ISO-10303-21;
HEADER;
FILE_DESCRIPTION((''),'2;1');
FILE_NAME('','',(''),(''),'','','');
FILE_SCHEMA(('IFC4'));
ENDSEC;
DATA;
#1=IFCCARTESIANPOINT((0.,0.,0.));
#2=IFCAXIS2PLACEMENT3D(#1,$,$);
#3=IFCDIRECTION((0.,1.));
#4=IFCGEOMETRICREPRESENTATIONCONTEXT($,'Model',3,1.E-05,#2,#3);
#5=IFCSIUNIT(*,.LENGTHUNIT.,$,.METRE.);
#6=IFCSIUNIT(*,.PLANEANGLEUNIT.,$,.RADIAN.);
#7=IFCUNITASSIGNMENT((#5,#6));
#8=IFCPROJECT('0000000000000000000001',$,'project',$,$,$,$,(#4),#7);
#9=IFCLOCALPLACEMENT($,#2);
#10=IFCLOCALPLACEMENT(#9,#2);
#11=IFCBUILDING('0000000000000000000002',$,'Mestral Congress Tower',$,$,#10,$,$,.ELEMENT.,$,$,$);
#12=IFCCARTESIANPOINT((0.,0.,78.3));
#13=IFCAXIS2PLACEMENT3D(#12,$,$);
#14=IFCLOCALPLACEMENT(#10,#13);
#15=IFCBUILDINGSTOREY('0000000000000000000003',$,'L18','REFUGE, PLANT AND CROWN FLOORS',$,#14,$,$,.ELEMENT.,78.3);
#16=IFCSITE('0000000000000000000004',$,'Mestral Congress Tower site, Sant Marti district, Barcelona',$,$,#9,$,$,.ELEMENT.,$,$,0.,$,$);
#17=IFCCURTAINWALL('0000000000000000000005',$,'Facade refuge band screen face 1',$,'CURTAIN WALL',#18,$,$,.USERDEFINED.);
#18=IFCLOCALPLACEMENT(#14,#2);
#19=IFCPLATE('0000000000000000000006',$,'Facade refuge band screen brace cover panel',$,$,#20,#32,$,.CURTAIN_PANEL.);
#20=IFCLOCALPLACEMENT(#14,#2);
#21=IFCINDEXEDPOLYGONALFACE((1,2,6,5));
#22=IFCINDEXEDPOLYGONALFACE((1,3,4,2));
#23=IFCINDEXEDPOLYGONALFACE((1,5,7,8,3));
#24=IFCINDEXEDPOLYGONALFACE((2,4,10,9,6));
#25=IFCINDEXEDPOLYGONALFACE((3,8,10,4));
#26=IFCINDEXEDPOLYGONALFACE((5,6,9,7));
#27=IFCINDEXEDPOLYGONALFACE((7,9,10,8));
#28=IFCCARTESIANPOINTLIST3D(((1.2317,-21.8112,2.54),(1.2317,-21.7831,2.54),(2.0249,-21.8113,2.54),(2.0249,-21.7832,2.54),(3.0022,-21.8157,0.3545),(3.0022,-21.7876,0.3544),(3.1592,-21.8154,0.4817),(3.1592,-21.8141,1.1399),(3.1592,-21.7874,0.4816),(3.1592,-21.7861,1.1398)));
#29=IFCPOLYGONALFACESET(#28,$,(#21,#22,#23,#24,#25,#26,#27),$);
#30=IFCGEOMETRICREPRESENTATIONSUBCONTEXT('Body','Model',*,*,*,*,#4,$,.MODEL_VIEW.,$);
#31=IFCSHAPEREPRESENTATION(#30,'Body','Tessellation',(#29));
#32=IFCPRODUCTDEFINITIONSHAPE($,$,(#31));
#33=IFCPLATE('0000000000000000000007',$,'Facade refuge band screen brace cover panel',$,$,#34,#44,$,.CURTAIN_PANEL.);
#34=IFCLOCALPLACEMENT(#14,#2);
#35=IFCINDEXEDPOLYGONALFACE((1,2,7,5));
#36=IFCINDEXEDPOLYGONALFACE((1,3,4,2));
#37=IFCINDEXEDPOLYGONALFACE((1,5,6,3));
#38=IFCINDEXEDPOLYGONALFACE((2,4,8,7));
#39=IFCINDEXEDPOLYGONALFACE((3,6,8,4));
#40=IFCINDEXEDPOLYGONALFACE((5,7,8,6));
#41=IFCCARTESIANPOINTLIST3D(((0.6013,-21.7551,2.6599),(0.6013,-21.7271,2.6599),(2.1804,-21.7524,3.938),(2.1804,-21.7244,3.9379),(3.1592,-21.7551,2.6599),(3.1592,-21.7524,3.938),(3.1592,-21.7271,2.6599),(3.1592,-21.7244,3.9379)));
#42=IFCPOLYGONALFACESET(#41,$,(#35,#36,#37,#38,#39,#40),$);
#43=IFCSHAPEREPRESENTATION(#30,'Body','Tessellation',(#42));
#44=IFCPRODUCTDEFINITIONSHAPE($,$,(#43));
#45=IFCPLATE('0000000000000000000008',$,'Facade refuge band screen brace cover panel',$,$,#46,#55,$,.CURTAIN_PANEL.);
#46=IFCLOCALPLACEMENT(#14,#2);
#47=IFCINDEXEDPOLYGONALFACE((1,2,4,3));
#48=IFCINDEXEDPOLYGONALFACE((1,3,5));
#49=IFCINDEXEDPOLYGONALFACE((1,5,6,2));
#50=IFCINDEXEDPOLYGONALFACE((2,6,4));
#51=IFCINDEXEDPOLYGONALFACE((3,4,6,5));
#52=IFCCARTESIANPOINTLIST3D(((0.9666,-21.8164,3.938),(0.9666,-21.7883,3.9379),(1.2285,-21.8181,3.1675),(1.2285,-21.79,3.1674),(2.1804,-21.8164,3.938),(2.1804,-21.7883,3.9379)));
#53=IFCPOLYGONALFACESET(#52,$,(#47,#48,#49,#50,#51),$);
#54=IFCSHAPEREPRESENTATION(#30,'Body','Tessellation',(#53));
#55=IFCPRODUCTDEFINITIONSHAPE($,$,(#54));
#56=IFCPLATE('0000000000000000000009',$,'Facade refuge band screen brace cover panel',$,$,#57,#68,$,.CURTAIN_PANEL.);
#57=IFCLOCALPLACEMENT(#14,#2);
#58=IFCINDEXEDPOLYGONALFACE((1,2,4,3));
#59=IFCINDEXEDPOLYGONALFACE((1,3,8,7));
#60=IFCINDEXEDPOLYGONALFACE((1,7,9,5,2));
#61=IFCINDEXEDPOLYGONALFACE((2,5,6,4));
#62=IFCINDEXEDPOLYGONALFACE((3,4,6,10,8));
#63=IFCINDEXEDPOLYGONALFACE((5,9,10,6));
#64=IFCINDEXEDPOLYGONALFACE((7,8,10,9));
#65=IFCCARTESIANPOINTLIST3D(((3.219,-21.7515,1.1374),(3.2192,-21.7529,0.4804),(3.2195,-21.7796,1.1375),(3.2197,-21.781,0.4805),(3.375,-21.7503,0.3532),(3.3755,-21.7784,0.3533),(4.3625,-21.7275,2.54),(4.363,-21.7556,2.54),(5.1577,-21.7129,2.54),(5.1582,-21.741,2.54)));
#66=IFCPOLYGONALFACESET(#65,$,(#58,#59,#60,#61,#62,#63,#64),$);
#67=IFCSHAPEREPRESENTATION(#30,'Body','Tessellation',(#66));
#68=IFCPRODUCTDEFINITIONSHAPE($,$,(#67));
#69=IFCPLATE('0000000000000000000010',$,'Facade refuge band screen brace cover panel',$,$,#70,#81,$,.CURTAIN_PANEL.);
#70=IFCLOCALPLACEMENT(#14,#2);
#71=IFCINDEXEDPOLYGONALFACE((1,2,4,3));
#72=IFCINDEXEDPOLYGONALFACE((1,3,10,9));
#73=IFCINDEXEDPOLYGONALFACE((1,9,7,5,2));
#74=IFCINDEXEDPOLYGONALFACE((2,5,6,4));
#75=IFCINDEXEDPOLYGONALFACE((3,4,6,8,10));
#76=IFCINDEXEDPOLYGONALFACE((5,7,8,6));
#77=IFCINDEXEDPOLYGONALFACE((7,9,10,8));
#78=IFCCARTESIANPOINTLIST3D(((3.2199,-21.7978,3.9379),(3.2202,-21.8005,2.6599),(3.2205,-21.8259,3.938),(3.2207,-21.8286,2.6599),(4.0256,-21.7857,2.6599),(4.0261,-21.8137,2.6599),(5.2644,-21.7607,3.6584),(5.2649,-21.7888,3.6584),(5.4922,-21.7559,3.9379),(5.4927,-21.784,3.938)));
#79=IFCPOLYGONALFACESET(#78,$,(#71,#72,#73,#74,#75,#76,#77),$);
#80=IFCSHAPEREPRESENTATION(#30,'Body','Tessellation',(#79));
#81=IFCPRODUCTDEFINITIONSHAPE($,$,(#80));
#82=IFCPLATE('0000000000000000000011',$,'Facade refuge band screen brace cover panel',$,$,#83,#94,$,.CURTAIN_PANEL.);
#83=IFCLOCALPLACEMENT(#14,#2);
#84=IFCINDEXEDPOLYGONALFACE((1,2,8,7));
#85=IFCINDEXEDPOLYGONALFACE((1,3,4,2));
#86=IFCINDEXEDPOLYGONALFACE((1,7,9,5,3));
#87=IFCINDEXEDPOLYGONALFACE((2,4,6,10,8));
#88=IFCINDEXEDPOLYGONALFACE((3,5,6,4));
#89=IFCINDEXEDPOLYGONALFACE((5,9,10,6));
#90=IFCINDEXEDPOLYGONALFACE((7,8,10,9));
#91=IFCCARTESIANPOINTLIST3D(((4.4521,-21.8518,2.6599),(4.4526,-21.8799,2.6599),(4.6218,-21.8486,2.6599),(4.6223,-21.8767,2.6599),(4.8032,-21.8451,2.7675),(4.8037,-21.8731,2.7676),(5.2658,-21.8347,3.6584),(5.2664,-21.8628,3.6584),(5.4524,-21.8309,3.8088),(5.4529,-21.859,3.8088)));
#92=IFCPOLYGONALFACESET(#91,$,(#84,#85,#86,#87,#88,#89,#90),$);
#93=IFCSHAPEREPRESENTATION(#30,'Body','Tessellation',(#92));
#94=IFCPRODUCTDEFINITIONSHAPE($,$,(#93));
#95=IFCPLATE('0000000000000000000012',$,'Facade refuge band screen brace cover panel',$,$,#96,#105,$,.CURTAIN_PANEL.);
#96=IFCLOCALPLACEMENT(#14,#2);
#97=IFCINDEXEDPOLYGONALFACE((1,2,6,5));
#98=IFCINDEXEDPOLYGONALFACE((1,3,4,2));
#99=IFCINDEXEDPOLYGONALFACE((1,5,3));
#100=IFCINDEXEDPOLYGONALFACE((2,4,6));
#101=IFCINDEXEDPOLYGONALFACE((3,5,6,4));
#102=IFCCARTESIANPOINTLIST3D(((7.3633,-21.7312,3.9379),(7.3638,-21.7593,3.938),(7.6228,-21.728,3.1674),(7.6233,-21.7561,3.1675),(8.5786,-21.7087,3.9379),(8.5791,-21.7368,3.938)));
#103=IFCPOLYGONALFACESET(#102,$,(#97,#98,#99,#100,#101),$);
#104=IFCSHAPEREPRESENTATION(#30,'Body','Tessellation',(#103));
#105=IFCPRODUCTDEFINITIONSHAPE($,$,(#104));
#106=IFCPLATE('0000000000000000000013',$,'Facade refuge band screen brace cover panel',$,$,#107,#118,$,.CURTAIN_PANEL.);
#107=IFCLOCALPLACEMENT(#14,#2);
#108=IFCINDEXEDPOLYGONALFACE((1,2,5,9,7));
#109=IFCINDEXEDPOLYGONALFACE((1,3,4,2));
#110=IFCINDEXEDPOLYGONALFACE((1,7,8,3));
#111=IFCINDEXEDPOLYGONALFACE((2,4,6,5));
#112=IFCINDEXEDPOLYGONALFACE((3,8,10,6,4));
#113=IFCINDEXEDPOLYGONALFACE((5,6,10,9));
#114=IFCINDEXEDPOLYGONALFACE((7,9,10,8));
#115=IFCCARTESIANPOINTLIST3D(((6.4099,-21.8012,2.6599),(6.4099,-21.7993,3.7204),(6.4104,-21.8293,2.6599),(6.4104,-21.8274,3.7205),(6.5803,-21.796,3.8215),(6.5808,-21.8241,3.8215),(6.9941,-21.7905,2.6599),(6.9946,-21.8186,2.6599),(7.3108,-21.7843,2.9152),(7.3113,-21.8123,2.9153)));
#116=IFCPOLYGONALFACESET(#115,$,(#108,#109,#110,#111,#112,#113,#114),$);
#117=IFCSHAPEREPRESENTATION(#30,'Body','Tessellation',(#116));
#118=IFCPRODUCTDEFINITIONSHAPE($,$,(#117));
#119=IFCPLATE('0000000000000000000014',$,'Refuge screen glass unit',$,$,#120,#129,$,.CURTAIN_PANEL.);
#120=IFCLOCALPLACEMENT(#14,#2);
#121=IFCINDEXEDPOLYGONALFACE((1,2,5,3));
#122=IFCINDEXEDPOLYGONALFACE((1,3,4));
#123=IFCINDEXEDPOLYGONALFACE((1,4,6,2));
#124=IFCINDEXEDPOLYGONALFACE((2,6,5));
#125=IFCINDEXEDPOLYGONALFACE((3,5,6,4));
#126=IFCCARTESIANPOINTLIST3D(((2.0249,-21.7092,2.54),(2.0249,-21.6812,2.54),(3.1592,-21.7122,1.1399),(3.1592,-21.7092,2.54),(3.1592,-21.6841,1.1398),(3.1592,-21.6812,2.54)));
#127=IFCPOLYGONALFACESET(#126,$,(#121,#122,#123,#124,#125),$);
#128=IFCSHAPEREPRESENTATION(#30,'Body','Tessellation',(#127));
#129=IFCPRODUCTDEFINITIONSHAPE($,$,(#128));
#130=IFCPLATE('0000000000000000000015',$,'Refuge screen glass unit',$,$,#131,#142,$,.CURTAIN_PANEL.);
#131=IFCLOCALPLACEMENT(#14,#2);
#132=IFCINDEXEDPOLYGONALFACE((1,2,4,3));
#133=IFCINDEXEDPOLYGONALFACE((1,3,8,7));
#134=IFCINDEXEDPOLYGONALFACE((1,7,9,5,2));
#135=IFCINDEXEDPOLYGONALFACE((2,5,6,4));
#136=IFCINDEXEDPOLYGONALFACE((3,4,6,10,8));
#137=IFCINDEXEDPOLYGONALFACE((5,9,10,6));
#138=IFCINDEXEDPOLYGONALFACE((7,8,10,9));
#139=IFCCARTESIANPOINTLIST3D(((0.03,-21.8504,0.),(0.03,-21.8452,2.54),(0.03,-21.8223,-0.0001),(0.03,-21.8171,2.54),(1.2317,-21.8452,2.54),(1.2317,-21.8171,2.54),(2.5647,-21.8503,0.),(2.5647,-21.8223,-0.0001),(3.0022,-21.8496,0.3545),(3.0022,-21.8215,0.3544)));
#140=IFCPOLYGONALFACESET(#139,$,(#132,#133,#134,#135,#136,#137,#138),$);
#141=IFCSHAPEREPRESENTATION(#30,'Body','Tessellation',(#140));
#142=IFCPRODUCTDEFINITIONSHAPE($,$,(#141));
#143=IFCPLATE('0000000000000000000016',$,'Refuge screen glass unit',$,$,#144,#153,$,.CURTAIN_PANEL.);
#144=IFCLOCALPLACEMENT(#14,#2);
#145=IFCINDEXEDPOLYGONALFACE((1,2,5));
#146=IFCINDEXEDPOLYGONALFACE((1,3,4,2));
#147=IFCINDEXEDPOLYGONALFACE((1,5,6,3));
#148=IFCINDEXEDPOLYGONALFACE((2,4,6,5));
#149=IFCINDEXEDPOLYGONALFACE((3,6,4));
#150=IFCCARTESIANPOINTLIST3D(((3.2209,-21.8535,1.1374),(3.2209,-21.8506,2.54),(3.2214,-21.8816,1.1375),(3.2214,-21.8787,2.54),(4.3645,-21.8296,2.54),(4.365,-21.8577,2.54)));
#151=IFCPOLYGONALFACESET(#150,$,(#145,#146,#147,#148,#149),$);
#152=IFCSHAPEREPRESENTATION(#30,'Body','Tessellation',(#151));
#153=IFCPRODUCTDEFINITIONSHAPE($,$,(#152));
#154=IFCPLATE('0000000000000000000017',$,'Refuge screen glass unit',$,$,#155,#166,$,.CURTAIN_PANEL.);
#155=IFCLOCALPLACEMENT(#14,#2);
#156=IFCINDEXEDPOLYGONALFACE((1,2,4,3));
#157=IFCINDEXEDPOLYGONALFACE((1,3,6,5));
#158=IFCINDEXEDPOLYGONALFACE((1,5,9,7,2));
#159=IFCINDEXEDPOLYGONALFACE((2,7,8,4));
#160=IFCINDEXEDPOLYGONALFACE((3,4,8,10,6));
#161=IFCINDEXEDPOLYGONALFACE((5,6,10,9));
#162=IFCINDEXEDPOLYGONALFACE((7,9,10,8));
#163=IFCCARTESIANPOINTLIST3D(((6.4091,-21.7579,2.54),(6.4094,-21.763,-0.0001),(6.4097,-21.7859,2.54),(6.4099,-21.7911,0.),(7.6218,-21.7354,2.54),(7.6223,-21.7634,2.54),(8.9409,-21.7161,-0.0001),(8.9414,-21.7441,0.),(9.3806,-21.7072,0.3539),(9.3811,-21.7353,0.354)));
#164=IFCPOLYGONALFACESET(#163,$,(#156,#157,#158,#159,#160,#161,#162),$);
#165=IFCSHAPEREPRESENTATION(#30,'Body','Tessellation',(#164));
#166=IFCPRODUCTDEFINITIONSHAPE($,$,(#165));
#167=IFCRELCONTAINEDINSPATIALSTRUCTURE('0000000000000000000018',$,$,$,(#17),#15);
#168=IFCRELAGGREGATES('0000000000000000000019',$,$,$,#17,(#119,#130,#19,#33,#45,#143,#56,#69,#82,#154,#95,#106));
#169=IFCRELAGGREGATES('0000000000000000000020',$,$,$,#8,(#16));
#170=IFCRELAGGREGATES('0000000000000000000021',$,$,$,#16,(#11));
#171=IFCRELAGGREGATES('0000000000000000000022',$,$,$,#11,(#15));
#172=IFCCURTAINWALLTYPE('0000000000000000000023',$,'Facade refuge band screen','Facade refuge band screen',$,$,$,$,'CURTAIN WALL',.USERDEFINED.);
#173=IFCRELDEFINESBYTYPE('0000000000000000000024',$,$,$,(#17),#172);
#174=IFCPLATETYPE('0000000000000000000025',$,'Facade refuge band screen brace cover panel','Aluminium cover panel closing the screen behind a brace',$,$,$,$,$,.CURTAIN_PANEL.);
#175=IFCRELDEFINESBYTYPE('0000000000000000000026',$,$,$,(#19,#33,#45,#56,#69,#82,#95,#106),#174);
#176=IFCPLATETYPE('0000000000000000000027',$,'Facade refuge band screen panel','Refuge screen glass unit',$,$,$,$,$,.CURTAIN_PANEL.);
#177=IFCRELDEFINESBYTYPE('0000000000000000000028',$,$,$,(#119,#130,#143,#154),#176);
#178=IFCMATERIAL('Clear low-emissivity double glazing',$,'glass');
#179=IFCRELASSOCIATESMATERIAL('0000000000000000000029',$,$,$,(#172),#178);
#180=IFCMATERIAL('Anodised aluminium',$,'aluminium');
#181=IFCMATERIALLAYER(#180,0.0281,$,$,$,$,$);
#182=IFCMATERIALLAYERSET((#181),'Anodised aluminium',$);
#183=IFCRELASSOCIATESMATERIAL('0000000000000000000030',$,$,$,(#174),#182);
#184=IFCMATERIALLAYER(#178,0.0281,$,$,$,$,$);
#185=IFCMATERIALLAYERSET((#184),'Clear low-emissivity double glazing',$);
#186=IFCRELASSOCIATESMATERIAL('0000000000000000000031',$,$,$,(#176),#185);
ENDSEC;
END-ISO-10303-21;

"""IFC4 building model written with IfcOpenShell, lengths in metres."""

from ifc_helpers import new_model, si_unit, direction, frame, origin, place, context, subcontext, project, spatial, polyline, outline, extrude, material, layer, layer_set, type_object, element, aggregate, save


model = new_model("IFC4")

# Units and contexts
model_context = context("Model", 3, precision=1e-05, world=origin(), true_north=direction((0.0, 1.0)))
body_context = subcontext(model_context, "Body", "Model", "MODEL_VIEW")
ifc_project = project(units=[si_unit("LENGTHUNIT", "METRE"), si_unit("PLANEANGLEUNIT", "RADIAN")], contexts=[model_context])

# Site, building, storey
site_placement = place(None, origin())
site = spatial("IfcSite", under=ifc_project, at=site_placement, Name="Mestral Congress Tower site, Sant Marti district, Barcelona", CompositionType="ELEMENT", RefElevation=0.0)
building_placement = place(site_placement, origin())
building = spatial("IfcBuilding", under=site, at=building_placement, Name="Mestral Congress Tower", CompositionType="ELEMENT")
storey_placement = place(building_placement, frame((0.0, 0.0, 78.3)))
storey = spatial("IfcBuildingStorey", under=building, at=storey_placement, Name="L18", Description="REFUGE, PLANT AND CROWN FLOORS", CompositionType="ELEMENT", Elevation=78.3)

# Curtain wall
ifc_material_1 = material(Name="Clear low-emissivity double glazing", Category="glass")
curtain_wall_type = type_object("IfcCurtainWallType", Name="Facade refuge band screen", Description="Facade refuge band screen", ElementType="CURTAIN WALL", PredefinedType="USERDEFINED", material=ifc_material_1)
curtain_wall_placement = place(storey_placement, origin())
curtain_wall = element("IfcCurtainWall", 1, at=curtain_wall_placement, inside=storey, type_object=curtain_wall_type, Name="Facade refuge band screen face 1", ObjectType="CURTAIN WALL", PredefinedType="USERDEFINED")
ifc_material_2 = material(Name="Anodised aluminium", Category="aluminium")

# Plates
ifc_layer_1 = layer(ifc_material_2, 0.0281)
ifc_layer_set_1 = layer_set([ifc_layer_1], Name="Anodised aluminium")
plate_type_1 = type_object("IfcPlateType", Name="Facade refuge band screen brace cover panel", Description="Aluminium cover panel closing the screen behind a brace", PredefinedType="CURTAIN_PANEL", material=ifc_layer_set_1)
plate_1_placement = place(storey_placement, frame((3.1592, -21.8154, 0.4817), z_axis=(-0.000083, -0.999998, 0.001967), x_axis=(-0.776963, -0.001174, -0.629545)))
plate_1 = element("IfcPlate", 2, at=plate_1_placement, type_object=plate_type_1, Name="Facade refuge band screen brace cover panel", PredefinedType="CURTAIN_PANEL", context=body_context, shape_type="SweptSolid", body=[
    extrude(outline(polyline([(0.0, 0.0), (0.202, 0.0), (0.2018, -2.8127), (-0.4145, -2.3133), (-0.4144, -0.5114), (0.0, 0.0)])), origin(), (0.0, 0.0, -1.0), 0.0281),
])
plate_2_placement = place(storey_placement, frame((3.1592, -21.7524, 3.938), z_axis=(0.0, -0.999998, 0.002101), x_axis=(0.0, -0.002101, -0.999998)))
plate_2 = element("IfcPlate", 3, at=plate_2_placement, type_object=plate_type_1, Name="Facade refuge band screen brace cover panel", PredefinedType="CURTAIN_PANEL", context=body_context, shape_type="SweptSolid", body=[
    extrude(outline(polyline([(0.0, 0.0), (1.2781, 0.0), (1.2781, -2.5579), (0.0, -0.9788), (0.0, 0.0)])), origin(), (0.0, 0.0, -1.0), 0.0281),
])
plate_3_placement = place(storey_placement, frame((2.1804, -21.8164, 3.938), z_axis=(0.0, -0.999998, 0.002218), x_axis=(-0.777277, -0.001395, -0.629157)))
plate_3 = element("IfcPlate", 4, at=plate_3_placement, type_object=plate_type_1, Name="Facade refuge band screen brace cover panel", PredefinedType="CURTAIN_PANEL", context=body_context, shape_type="SweptSolid", body=[
    extrude(outline(polyline([(0.0, 0.0), (1.2247, 0.0), (0.9435, -0.7637), (0.0, 0.0)])), origin(), (0.0, 0.0, -1.0), 0.0281),
])
plate_4_placement = place(storey_placement, frame((5.1582, -21.741, 2.54), z_axis=(0.018415, -0.999828, 0.002081), x_axis=(-0.63181, -0.01325, -0.77501)))
plate_4 = element("IfcPlate", 5, at=plate_4_placement, type_object=plate_type_1, Name="Facade refuge band screen brace cover panel", PredefinedType="CURTAIN_PANEL", context=body_context, shape_type="SweptSolid", body=[
    extrude(outline(polyline([(0.0, 0.0), (2.8216, 0.0), (2.8215, -0.2011), (2.3124, -0.6165), (0.5026, -0.6164), (0.0, 0.0)])), origin(), (0.0, 0.0, -1.0), 0.0281),
])
plate_5_placement = place(storey_placement, frame((3.2207, -21.8286, 2.6599), z_axis=(0.018453, -0.999827, 0.002131), x_axis=(-0.000192, 0.002128, 0.999998)))
plate_5 = element("IfcPlate", 6, at=plate_5_placement, type_object=plate_type_1, Name="Facade refuge band screen brace cover panel", PredefinedType="CURTAIN_PANEL", context=body_context, shape_type="SweptSolid", body=[
    extrude(outline(polyline([(0.0, 0.0), (1.2781, 0.0), (1.2777, -2.2726), (0.9982, -2.0447), (-0.0001, -0.8056), (0.0, 0.0)])), origin(), (0.0, 0.0, -1.0), 0.0281),
])
plate_6_placement = place(storey_placement, frame((4.6223, -21.8767, 2.6599), z_axis=(0.018582, -0.999825, 0.001973), x_axis=(-0.999827, -0.018582, 0.000003)))
plate_6 = element("IfcPlate", 7, at=plate_6_placement, type_object=plate_type_1, Name="Facade refuge band screen brace cover panel", PredefinedType="CURTAIN_PANEL", context=body_context, shape_type="SweptSolid", body=[
    extrude(outline(polyline([(0.0, 0.0), (0.1697, 0.0), (-0.6442, -0.9985), (-0.8308, -1.1489), (-0.1814, -0.1077), (0.0, 0.0)])), origin(), (0.0, 0.0, -1.0), 0.0281),
])
plate_7_placement = place(storey_placement, frame((8.5791, -21.7368, 3.938), z_axis=(0.018478, -0.999827, 0.002105), x_axis=(-0.778439, -0.015708, -0.627523)))
plate_7 = element("IfcPlate", 8, at=plate_7_placement, type_object=plate_type_1, Name="Facade refuge band screen brace cover panel", PredefinedType="CURTAIN_PANEL", context=body_context, shape_type="SweptSolid", body=[
    extrude(outline(polyline([(0.0, 0.0), (1.2279, 0.0), (0.9464, -0.7628), (0.0, 0.0)])), origin(), (0.0, 0.0, -1.0), 0.0281),
])
plate_8_placement = place(storey_placement, frame((6.9946, -21.8186, 2.6599), z_axis=(0.018325, -0.99983, 0.001791), x_axis=(-0.999832, -0.018325, -0.000001)))
plate_8 = element("IfcPlate", 9, at=plate_8_placement, type_object=plate_type_1, Name="Facade refuge band screen brace cover panel", PredefinedType="CURTAIN_PANEL", context=body_context, shape_type="SweptSolid", body=[
    extrude(outline(polyline([(0.0, 0.0), (0.5843, 0.0), (0.5843, -1.0605), (0.4139, -1.1616), (-0.3167, -0.2554), (0.0, 0.0)])), origin(), (0.0, 0.0, -1.0), 0.0281),
])
ifc_layer_2 = layer(ifc_material_1, 0.0281)
ifc_layer_set_2 = layer_set([ifc_layer_2], Name="Clear low-emissivity double glazing")
plate_type_2 = type_object("IfcPlateType", Name="Facade refuge band screen panel", Description="Refuge screen glass unit", PredefinedType="CURTAIN_PANEL", material=ifc_layer_set_2)
plate_9_placement = place(storey_placement, frame((3.1592, -21.7092, 2.54), z_axis=(0.0, -0.999998, 0.002092), x_axis=(0.0, -0.002092, -0.999998)))
plate_9 = element("IfcPlate", 10, at=plate_9_placement, type_object=plate_type_2, Name="Refuge screen glass unit", PredefinedType="CURTAIN_PANEL", context=body_context, shape_type="SweptSolid", body=[
    extrude(outline(polyline([(0.0, 0.0), (1.4001, 0.0), (0.0, -1.1343), (0.0, 0.0)])), origin(), (0.0, 0.0, -1.0), 0.0281),
])
plate_10_placement = place(storey_placement, frame((2.5647, -21.8503, 0.0), z_axis=(0.000004, -0.999998, 0.00202), x_axis=(-1.0, -0.000004, 0.0)))
plate_10 = element("IfcPlate", 11, at=plate_10_placement, type_object=plate_type_2, Name="Refuge screen glass unit", PredefinedType="CURTAIN_PANEL", context=body_context, shape_type="SweptSolid", body=[
    extrude(outline(polyline([(0.0, 0.0), (2.5347, 0.0), (2.5347, -2.54), (1.333, -2.54), (-0.4375, -0.3545), (0.0, 0.0)])), origin(), (0.0, 0.0, -1.0), 0.0281),
])
plate_11_placement = place(storey_placement, frame((3.2214, -21.8787, 2.54), z_axis=(0.018357, -0.999829, 0.002088), x_axis=(0.999831, 0.018357, 0.0)))
plate_11 = element("IfcPlate", 12, at=plate_11_placement, type_object=plate_type_2, Name="Refuge screen glass unit", PredefinedType="CURTAIN_PANEL", context=body_context, shape_type="SweptSolid", body=[
    extrude(outline(polyline([(0.0, 0.0), (1.1437, 0.0), (-0.0001, -1.4026), (0.0, 0.0)])), origin(), (0.0, 0.0, -1.0), 0.0281),
])
plate_12_placement = place(storey_placement, frame((8.9414, -21.7441, 0.0), z_axis=(0.018555, -0.999826, 0.002043), x_axis=(-0.999828, -0.018555, 0.0)))
plate_12 = element("IfcPlate", 13, at=plate_12_placement, type_object=plate_type_2, Name="Refuge screen glass unit", PredefinedType="CURTAIN_PANEL", context=body_context, shape_type="SweptSolid", body=[
    extrude(outline(polyline([(0.0, 0.0), (2.5319, 0.0), (2.5321, -2.54), (1.3192, -2.54), (-0.4398, -0.354), (0.0, 0.0)])), origin(), (0.0, 0.0, -1.0), 0.0281),
])

aggregate(curtain_wall, [plate_9, plate_10, plate_1, plate_2, plate_3, plate_11, plate_4, plate_5, plate_6, plate_12, plate_7, plate_8])

save(model, "model.ifc")
